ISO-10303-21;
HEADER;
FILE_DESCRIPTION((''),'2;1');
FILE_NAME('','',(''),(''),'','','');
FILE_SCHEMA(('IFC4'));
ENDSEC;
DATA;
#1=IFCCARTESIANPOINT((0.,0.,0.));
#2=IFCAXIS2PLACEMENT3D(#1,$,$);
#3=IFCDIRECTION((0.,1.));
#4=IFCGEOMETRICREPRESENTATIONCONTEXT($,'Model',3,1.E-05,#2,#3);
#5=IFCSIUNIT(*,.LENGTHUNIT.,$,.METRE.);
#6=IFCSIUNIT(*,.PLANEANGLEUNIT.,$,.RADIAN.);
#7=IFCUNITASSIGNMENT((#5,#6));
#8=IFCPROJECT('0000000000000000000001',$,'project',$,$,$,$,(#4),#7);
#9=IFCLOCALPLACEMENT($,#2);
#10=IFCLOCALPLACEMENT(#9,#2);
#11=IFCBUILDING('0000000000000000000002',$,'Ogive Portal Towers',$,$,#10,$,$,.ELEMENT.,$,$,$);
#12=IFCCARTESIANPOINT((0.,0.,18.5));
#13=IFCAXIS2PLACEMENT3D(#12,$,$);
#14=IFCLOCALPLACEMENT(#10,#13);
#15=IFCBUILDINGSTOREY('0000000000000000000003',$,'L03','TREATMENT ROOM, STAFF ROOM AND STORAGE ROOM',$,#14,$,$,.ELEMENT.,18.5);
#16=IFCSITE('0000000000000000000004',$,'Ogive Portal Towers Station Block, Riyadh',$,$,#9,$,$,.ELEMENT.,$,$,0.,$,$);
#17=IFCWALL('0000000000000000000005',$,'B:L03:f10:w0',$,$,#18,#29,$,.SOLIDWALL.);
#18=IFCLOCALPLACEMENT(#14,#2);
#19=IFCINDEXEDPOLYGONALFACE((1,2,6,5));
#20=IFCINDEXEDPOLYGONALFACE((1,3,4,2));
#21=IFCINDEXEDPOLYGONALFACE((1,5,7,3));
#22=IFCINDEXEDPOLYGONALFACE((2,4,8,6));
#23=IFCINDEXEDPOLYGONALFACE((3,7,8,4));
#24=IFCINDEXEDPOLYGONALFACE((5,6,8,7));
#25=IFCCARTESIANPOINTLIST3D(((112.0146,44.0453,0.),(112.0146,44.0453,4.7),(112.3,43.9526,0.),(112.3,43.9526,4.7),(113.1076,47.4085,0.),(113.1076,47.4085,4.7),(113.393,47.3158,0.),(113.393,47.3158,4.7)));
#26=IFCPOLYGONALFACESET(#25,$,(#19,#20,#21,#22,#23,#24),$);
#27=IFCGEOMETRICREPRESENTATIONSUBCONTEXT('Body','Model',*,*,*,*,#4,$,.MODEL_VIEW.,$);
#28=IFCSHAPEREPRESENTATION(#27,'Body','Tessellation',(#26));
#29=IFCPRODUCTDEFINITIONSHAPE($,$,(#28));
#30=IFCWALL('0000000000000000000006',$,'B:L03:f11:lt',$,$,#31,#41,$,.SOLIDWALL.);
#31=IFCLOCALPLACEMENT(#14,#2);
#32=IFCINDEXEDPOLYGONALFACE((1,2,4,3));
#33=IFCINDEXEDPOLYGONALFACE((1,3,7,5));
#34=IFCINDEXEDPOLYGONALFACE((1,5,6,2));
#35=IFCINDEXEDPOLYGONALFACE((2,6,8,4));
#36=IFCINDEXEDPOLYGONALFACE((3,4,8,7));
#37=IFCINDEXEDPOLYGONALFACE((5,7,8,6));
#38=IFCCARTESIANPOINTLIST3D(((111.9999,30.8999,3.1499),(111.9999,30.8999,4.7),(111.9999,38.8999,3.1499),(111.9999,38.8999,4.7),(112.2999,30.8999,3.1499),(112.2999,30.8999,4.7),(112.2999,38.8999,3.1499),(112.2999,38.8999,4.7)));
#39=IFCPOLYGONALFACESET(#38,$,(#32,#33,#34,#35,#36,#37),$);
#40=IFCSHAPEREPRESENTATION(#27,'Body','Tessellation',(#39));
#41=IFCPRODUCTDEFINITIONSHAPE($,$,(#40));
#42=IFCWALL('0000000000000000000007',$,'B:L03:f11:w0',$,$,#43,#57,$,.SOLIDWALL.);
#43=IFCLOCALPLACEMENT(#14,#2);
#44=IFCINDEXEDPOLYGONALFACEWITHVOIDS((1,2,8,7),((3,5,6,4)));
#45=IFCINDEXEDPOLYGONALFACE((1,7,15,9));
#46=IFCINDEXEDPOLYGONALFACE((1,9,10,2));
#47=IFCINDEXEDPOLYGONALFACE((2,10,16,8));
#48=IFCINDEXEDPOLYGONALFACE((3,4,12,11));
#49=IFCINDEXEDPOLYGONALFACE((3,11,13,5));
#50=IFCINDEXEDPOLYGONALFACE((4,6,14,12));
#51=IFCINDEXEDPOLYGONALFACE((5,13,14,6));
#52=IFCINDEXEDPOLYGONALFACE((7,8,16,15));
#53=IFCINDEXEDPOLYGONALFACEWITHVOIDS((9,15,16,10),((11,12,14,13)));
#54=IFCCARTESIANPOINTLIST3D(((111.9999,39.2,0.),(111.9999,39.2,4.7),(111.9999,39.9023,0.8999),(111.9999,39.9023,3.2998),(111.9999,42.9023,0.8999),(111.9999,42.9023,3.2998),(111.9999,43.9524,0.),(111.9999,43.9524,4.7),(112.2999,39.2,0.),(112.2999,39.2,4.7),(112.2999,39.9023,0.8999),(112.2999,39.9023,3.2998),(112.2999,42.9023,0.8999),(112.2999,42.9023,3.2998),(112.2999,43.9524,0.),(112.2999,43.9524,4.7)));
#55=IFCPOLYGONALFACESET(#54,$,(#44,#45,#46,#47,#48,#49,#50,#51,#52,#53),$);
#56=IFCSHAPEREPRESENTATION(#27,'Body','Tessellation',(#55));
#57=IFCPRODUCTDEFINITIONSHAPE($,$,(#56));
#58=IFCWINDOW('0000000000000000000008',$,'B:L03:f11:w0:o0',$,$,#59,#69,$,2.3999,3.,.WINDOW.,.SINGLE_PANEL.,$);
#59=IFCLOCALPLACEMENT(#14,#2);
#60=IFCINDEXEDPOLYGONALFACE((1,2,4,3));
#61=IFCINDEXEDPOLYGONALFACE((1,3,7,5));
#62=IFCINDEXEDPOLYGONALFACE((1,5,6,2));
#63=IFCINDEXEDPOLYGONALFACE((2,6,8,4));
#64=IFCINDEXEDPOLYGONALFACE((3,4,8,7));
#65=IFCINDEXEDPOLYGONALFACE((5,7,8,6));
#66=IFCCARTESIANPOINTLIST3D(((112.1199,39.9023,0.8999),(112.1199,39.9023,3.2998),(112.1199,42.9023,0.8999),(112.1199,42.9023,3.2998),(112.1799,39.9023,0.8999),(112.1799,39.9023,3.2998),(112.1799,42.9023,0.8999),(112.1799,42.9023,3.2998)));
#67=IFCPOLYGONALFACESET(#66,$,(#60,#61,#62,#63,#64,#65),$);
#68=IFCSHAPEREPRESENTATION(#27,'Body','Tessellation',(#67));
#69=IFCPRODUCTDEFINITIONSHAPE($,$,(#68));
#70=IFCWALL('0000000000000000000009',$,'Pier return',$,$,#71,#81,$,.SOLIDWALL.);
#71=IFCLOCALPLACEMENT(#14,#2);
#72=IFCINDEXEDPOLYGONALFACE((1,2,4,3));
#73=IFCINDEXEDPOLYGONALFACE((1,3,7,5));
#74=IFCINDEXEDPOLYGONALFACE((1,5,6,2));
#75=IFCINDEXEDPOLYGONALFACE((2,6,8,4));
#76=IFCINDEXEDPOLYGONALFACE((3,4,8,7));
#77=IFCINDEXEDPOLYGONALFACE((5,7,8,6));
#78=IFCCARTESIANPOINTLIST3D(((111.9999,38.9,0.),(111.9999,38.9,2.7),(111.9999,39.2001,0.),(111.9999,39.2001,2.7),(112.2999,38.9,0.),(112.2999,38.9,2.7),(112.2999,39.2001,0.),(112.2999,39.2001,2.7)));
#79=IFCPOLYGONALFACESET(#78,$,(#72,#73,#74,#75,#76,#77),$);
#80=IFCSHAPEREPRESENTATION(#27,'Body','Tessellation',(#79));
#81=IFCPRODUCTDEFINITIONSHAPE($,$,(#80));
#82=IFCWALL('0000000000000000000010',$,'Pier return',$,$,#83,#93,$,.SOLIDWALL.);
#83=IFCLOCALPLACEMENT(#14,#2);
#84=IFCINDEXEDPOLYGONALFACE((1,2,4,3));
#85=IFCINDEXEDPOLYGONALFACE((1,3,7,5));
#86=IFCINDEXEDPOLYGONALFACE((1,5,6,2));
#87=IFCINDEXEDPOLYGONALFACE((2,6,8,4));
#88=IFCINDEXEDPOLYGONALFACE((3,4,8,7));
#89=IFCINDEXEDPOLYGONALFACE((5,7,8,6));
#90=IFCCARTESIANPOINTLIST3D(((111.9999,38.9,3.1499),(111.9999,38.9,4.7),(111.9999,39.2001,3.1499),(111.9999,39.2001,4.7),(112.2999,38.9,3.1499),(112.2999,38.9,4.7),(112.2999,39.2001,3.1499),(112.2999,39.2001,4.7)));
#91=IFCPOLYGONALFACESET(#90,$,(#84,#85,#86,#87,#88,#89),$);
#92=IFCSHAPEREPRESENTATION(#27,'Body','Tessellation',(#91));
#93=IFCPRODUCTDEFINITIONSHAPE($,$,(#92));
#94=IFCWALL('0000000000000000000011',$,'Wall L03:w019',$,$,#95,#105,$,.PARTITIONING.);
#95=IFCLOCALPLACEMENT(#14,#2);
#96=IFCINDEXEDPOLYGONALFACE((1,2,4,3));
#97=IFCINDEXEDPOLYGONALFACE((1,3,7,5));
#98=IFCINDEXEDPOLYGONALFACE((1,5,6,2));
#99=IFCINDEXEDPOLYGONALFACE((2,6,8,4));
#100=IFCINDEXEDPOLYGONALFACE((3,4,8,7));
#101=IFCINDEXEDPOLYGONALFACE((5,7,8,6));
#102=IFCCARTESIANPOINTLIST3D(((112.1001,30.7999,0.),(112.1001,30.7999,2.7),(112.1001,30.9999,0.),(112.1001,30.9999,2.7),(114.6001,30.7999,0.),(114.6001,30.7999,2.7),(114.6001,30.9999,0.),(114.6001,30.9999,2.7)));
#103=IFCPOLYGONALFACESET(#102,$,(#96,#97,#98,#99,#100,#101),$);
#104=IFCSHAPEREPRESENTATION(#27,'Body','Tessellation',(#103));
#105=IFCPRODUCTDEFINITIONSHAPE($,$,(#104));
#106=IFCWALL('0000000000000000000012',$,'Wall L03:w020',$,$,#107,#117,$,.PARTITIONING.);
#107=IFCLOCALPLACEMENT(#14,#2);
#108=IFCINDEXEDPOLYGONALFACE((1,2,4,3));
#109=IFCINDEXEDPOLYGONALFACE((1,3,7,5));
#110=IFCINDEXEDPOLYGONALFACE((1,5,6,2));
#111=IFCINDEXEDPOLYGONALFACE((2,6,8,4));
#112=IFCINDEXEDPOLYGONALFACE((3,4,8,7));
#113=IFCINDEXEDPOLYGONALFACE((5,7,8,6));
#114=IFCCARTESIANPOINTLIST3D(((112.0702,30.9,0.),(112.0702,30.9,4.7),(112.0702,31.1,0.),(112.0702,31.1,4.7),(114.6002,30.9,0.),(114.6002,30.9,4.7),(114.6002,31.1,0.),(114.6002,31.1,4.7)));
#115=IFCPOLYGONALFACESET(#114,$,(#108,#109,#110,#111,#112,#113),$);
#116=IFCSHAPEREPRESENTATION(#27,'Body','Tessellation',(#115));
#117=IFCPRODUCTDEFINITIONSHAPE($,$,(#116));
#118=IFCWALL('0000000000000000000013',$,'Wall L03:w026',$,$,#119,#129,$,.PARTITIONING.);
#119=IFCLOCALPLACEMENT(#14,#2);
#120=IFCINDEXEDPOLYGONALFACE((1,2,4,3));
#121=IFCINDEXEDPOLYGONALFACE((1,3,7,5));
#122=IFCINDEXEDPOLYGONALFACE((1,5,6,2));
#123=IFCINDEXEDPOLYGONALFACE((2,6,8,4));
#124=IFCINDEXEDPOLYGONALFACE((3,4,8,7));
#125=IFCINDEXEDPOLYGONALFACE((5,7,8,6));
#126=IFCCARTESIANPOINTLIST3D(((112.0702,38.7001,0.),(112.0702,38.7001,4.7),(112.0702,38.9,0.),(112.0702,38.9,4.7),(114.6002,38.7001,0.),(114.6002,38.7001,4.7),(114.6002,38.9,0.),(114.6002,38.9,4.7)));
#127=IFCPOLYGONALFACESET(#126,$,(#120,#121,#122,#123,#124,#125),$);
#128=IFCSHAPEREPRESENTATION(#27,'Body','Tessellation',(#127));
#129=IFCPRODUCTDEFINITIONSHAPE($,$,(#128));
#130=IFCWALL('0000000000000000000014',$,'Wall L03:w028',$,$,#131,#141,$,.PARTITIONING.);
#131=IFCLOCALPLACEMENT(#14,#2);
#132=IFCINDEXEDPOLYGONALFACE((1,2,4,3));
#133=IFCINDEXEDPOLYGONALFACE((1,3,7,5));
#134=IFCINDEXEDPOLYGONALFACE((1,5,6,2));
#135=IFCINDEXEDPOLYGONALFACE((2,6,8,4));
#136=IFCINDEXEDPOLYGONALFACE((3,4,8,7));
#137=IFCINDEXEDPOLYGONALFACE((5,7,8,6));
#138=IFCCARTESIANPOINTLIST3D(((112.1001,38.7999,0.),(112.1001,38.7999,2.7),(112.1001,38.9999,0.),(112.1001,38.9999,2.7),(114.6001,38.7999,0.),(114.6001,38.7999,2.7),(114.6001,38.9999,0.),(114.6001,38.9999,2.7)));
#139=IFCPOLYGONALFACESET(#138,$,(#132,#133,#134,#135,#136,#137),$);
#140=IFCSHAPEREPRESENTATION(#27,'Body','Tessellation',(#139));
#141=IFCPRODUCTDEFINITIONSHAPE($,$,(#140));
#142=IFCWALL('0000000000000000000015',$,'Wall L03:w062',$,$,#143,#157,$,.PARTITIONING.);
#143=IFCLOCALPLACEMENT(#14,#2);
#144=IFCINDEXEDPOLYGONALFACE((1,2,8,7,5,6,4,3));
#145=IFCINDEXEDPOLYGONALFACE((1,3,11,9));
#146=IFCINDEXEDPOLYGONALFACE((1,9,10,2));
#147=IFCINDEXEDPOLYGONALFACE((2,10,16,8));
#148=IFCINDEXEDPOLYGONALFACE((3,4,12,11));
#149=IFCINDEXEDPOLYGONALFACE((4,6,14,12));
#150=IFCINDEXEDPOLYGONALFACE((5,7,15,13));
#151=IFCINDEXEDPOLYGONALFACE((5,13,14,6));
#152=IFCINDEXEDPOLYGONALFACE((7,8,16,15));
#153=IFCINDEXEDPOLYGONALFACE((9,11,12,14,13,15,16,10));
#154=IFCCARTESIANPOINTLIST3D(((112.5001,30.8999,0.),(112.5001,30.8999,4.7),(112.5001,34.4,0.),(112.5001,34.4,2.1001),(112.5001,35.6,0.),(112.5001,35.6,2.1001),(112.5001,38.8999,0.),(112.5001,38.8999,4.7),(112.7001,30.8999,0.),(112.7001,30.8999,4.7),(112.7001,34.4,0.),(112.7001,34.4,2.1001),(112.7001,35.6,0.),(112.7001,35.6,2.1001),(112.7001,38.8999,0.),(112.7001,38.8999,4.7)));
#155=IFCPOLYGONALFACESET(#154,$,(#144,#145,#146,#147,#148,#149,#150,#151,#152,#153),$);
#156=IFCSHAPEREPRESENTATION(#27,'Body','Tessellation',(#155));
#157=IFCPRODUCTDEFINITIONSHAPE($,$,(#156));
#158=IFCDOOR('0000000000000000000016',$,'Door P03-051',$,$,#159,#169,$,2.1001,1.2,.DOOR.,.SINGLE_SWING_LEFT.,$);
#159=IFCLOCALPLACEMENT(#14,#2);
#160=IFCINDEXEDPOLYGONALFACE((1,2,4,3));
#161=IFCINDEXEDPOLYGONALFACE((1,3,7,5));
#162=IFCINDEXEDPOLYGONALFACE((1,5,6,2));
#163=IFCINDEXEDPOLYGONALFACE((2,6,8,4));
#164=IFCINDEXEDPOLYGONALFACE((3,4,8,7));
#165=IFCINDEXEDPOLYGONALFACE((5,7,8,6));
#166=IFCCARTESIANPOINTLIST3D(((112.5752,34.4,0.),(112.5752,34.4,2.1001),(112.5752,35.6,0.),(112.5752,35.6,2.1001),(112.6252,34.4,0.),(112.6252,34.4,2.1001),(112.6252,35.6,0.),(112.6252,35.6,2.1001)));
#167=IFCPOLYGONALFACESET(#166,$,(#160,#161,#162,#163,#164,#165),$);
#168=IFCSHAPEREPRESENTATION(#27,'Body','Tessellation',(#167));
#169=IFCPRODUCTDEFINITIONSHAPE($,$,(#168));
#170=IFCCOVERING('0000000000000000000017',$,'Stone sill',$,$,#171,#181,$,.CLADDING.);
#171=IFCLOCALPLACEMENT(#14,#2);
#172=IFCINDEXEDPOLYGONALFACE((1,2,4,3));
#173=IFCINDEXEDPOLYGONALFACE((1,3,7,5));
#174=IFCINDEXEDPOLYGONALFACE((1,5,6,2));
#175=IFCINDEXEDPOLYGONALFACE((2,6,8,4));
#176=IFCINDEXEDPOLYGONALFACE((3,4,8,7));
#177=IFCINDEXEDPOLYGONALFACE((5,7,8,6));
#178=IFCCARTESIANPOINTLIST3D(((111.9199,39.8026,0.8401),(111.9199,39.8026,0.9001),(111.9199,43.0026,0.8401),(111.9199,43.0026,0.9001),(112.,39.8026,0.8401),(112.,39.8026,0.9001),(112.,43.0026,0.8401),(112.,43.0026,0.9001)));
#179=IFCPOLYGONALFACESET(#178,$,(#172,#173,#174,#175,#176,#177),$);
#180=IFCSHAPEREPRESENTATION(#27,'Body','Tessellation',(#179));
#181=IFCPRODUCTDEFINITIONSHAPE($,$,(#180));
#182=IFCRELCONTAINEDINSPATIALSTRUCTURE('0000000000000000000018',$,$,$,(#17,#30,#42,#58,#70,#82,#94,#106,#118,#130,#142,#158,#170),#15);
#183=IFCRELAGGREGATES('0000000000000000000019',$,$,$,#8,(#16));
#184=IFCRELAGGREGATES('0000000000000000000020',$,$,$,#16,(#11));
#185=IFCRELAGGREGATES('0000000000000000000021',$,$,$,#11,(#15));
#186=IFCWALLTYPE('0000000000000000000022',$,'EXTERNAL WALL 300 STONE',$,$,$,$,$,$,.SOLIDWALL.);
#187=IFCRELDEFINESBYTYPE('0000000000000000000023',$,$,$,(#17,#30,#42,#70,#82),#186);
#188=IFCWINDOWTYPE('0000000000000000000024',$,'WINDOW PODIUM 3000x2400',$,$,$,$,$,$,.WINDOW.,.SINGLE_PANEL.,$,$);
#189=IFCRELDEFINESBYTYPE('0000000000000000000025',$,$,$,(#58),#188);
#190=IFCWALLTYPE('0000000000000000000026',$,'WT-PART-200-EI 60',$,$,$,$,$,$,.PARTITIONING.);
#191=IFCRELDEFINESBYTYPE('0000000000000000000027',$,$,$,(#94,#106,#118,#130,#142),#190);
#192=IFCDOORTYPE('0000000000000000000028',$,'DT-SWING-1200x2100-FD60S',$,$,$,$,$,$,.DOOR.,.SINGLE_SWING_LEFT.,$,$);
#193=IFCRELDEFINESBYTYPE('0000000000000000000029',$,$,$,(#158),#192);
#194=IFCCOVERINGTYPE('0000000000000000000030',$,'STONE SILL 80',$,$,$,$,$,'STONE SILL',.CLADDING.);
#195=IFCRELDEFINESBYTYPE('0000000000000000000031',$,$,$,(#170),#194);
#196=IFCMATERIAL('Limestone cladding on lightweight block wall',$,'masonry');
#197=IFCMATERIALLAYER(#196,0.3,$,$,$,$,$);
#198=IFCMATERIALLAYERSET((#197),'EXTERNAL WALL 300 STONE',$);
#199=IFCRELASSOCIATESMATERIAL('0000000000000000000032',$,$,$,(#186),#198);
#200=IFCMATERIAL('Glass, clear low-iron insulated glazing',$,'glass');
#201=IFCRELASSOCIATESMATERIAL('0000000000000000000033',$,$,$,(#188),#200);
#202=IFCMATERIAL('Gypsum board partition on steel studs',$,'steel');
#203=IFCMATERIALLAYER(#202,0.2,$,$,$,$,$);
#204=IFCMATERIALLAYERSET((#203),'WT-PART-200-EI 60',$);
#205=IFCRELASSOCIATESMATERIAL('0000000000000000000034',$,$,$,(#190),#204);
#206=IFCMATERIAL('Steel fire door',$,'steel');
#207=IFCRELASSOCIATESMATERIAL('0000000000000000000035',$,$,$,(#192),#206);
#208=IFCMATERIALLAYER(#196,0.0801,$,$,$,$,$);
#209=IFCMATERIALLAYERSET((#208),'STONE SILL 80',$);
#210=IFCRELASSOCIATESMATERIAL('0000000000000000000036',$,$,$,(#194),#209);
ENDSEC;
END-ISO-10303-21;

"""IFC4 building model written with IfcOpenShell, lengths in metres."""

from ifc_helpers import new_model, si_unit, direction, frame, frame_2d, origin, origin_2d, place, context, subcontext, project, spatial, rectangle, extrude, material, layer, layer_set, type_object, element, fill, save


model = new_model("IFC4")

# Units and contexts
model_context = context("Model", 3, precision=1e-05, world=origin(), true_north=direction((0.0, 1.0)))
body_context = subcontext(model_context, "Body", "Model", "MODEL_VIEW")
ifc_project = project(units=[si_unit("LENGTHUNIT", "METRE"), si_unit("PLANEANGLEUNIT", "RADIAN")], contexts=[model_context])

# Site, building, storey
site_placement = place(None, origin())
site = spatial("IfcSite", under=ifc_project, at=site_placement, Name="Ogive Portal Towers Station Block, Riyadh", CompositionType="ELEMENT", RefElevation=0.0)
building_placement = place(site_placement, origin())
building = spatial("IfcBuilding", under=site, at=building_placement, Name="Ogive Portal Towers", CompositionType="ELEMENT")
storey_placement = place(building_placement, frame((0.0, 0.0, 18.5)))
storey = spatial("IfcBuildingStorey", under=building, at=storey_placement, Name="L03", Description="TREATMENT ROOM, STAFF ROOM AND STORAGE ROOM", CompositionType="ELEMENT", Elevation=18.5)

# Shared definitions
ifc_material_1 = material(Name="Glass, clear low-iron insulated glazing", Category="glass")

# Walls
ifc_material_2 = material(Name="Limestone cladding on lightweight block wall", Category="masonry")
ifc_layer_1 = layer(ifc_material_2, 0.3)
ifc_layer_set_1 = layer_set([ifc_layer_1], Name="EXTERNAL WALL 300 STONE")
wall_type_1 = type_object("IfcWallType", Name="EXTERNAL WALL 300 STONE", PredefinedType="SOLIDWALL", material=ifc_layer_set_1)
wall_1_placement = place(storey_placement, frame((113.2502, 47.3621, 0.0), z_axis=(0.0, 0.0, 1.0), x_axis=(-0.309074, -0.951038, 0.0)))
element("IfcWall", 1, at=wall_1_placement, inside=storey, type_object=wall_type_1, Name="B:L03:f10:w0", PredefinedType="SOLIDWALL", context=body_context, shape_type="SweptSolid", body=[
    extrude(rectangle(XDim=3.5364, YDim=0.3, at=frame_2d((1.7681, 0.0))), origin(), (0.0, 0.0, 1.0), 4.7),
])
wall_2_placement = place(storey_placement, frame((112.1499, 38.8999, 3.1499), z_axis=(0.0, 0.0, 1.0), x_axis=(0.0, -1.0, 0.0)))
element("IfcWall", 2, at=wall_2_placement, inside=storey, type_object=wall_type_1, Name="B:L03:f11:lt", PredefinedType="SOLIDWALL", context=body_context, shape_type="SweptSolid", body=[
    extrude(rectangle(XDim=8.0, YDim=0.3, at=frame_2d((4.0, 0.0))), origin(), (0.0, 0.0, 1.0), 1.55),
])

# Wall, opening, window
wall_3_placement = place(storey_placement, frame((112.1499, 43.9524, 0.0), z_axis=(0.0, 0.0, 1.0), x_axis=(0.0, -1.0, 0.0)))
wall_3 = element("IfcWall", 3, at=wall_3_placement, inside=storey, type_object=wall_type_1, Name="B:L03:f11:w0", PredefinedType="SOLIDWALL", context=body_context, shape_type="SweptSolid", body=[
    extrude(rectangle(XDim=4.7524, YDim=0.3, at=frame_2d((2.3762, 0.0))), origin(), (0.0, 0.0, 1.0), 4.7),
])
opening_1_placement = place(wall_3_placement, frame((1.05, 0.0, 0.8999)))
opening_1 = element("IfcOpeningElement", 4, at=opening_1_placement, cuts=wall_3, PredefinedType="OPENING", context=body_context, shape_type="SweptSolid", body=[
    extrude(rectangle(XDim=3.0, YDim=2.3999, at=frame_2d((1.5, 1.2))), frame((0.0, 0.1602, 0.0), z_axis=(0.0, -1.0, 0.0), x_axis=(1.0, 0.0, 0.0)), (0.0, 0.0, 1.0), 0.3201),
])
window_type = type_object("IfcWindowType", Name="WINDOW PODIUM 3000x2400", PartitioningType="SINGLE_PANEL", PredefinedType="WINDOW", material=ifc_material_1)
window_placement = place(opening_1_placement, origin())
window = element("IfcWindow", 5, at=window_placement, inside=storey, type_object=window_type, Name="B:L03:f11:w0:o0", OverallHeight=2.3999, OverallWidth=3.0, PartitioningType="SINGLE_PANEL", PredefinedType="WINDOW", context=body_context, shape_type="SweptSolid", body=[
    extrude(rectangle(XDim=3.0, YDim=2.3999, at=frame_2d((1.5, 1.2))), frame((0.0, 0.03, 0.0), z_axis=(0.0, -1.0, 0.0), x_axis=(1.0, 0.0, 0.0)), (0.0, 0.0, 1.0), 0.0601),
])
fill(opening_1, window)

# Walls
wall_4_placement = place(storey_placement, frame((112.1499, 39.2, 0.0), z_axis=(0.0, 0.0, 1.0), x_axis=(0.0, -1.0, 0.0)))
element("IfcWall", 6, at=wall_4_placement, inside=storey, type_object=wall_type_1, Name="Pier return", PredefinedType="SOLIDWALL", context=body_context, shape_type="SweptSolid", body=[
    extrude(rectangle(XDim=0.3, YDim=0.3, at=frame_2d((0.1499, 0.0))), origin(), (0.0, 0.0, 1.0), 2.7),
])
wall_5_placement = place(storey_placement, frame((112.1499, 39.2, 3.1499), z_axis=(0.0, 0.0, 1.0), x_axis=(0.0, -1.0, 0.0)))
element("IfcWall", 7, at=wall_5_placement, inside=storey, type_object=wall_type_1, Name="Pier return", PredefinedType="SOLIDWALL", context=body_context, shape_type="SweptSolid", body=[
    extrude(rectangle(XDim=0.3, YDim=0.3, at=frame_2d((0.1499, 0.0))), origin(), (0.0, 0.0, 1.0), 1.55),
])
ifc_material_3 = material(Name="Gypsum board partition on steel studs", Category="steel")
ifc_layer_2 = layer(ifc_material_3, 0.2)
ifc_layer_set_2 = layer_set([ifc_layer_2], Name="WT-PART-200-EI 60")
wall_type_2 = type_object("IfcWallType", Name="WT-PART-200-EI 60", PredefinedType="PARTITIONING", material=ifc_layer_set_2)
wall_6_placement = place(storey_placement, frame((112.1001, 30.8999, 0.0), z_axis=(0.0, 0.0, 1.0), x_axis=(1.0, 0.0, 0.0)))
element("IfcWall", 8, at=wall_6_placement, inside=storey, type_object=wall_type_2, Name="Wall L03:w019", PredefinedType="PARTITIONING", context=body_context, shape_type="SweptSolid", body=[
    extrude(rectangle(XDim=2.5, YDim=0.2, at=frame_2d((1.25, 0.0))), origin(), (0.0, 0.0, 1.0), 2.7),
])
for number, where, z_axis, x_axis, name in (
    (9, (112.0701, 31.0, 0.0), (0.0, 0.0, 1.0), (1.0, 0.0, 0.0), "Wall L03:w020"),
    (10, (112.0701, 38.8, 0.0), (0.0, 0.0, 1.0), (1.0, 0.0, 0.0), "Wall L03:w026"),
):
    element("IfcWall", number, at=place(storey_placement, frame(where, z_axis=z_axis, x_axis=x_axis)), inside=storey, type_object=wall_type_2, Name=name, PredefinedType="PARTITIONING", context=body_context, shape_type="SweptSolid", body=[
        extrude(rectangle(XDim=2.53, YDim=0.2, at=frame_2d((1.2651, 0.0))), origin(), (0.0, 0.0, 1.0), 4.7),
    ])
wall_7_placement = place(storey_placement, frame((112.1001, 38.8999, 0.0), z_axis=(0.0, 0.0, 1.0), x_axis=(1.0, 0.0, 0.0)))
element("IfcWall", 11, at=wall_7_placement, inside=storey, type_object=wall_type_2, Name="Wall L03:w028", PredefinedType="PARTITIONING", context=body_context, shape_type="SweptSolid", body=[
    extrude(rectangle(XDim=2.5, YDim=0.2, at=frame_2d((1.25, 0.0))), origin(), (0.0, 0.0, 1.0), 2.7),
])

# Wall, opening, door
wall_8_placement = place(storey_placement, frame((112.6001, 30.8999, 0.0), z_axis=(0.0, 0.0, 1.0), x_axis=(0.0, 1.0, 0.0)))
wall_8 = element("IfcWall", 12, at=wall_8_placement, inside=storey, type_object=wall_type_2, Name="Wall L03:w062", PredefinedType="PARTITIONING", context=body_context, shape_type="SweptSolid", body=[
    extrude(rectangle(XDim=8.0, YDim=0.2, at=frame_2d((4.0, 0.0))), origin(), (0.0, 0.0, 1.0), 4.7),
])
opening_2_placement = place(wall_8_placement, frame((3.5, 0.0, 0.0)))
opening_2 = element("IfcOpeningElement", 13, at=opening_2_placement, cuts=wall_8, PredefinedType="OPENING", context=body_context, shape_type="SweptSolid", body=[
    extrude(rectangle(XDim=1.2, YDim=2.1001, at=frame_2d((0.6001, 1.05))), frame((0.0, 0.1099, 0.0), z_axis=(0.0, -1.0, 0.0), x_axis=(1.0, 0.0, 0.0)), (0.0, 0.0, 1.0), 0.22),
])
ifc_material_4 = material(Name="Steel fire door", Category="steel")
door_type = type_object("IfcDoorType", Name="DT-SWING-1200x2100-FD60S", OperationType="SINGLE_SWING_LEFT", PredefinedType="DOOR", material=ifc_material_4)
door_placement = place(opening_2_placement, origin())
door = element("IfcDoor", 14, at=door_placement, inside=storey, type_object=door_type, Name="Door P03-051", OperationType="SINGLE_SWING_LEFT", OverallHeight=2.1001, OverallWidth=1.2, PredefinedType="DOOR", context=body_context, shape_type="SweptSolid", body=[
    extrude(rectangle(XDim=1.2, YDim=2.1001, at=frame_2d((0.6001, 1.05))), frame((0.0, 0.0249, 0.0), z_axis=(0.0, -1.0, 0.0), x_axis=(1.0, 0.0, 0.0)), (0.0, 0.0, 1.0), 0.05),
])
fill(opening_2, door)

# Covering
ifc_layer_3 = layer(ifc_material_2, 0.0801)
ifc_layer_set_3 = layer_set([ifc_layer_3], Name="STONE SILL 80")
covering_type = type_object("IfcCoveringType", Name="STONE SILL 80", ElementType="STONE SILL", PredefinedType="CLADDING", material=ifc_layer_set_3)
covering_placement = place(storey_placement, frame((111.96, 41.4026, 0.8401), z_axis=(0.0, 0.0, 1.0), x_axis=(0.0, -1.0, 0.0)))
element("IfcCovering", 15, at=covering_placement, inside=storey, type_object=covering_type, Name="Stone sill", PredefinedType="CLADDING", context=body_context, shape_type="SweptSolid", body=[
    extrude(rectangle(XDim=3.2, YDim=0.0801, at=origin_2d()), origin(), (0.0, 0.0, 1.0), 0.0601),
])

save(model, "model.ifc")
